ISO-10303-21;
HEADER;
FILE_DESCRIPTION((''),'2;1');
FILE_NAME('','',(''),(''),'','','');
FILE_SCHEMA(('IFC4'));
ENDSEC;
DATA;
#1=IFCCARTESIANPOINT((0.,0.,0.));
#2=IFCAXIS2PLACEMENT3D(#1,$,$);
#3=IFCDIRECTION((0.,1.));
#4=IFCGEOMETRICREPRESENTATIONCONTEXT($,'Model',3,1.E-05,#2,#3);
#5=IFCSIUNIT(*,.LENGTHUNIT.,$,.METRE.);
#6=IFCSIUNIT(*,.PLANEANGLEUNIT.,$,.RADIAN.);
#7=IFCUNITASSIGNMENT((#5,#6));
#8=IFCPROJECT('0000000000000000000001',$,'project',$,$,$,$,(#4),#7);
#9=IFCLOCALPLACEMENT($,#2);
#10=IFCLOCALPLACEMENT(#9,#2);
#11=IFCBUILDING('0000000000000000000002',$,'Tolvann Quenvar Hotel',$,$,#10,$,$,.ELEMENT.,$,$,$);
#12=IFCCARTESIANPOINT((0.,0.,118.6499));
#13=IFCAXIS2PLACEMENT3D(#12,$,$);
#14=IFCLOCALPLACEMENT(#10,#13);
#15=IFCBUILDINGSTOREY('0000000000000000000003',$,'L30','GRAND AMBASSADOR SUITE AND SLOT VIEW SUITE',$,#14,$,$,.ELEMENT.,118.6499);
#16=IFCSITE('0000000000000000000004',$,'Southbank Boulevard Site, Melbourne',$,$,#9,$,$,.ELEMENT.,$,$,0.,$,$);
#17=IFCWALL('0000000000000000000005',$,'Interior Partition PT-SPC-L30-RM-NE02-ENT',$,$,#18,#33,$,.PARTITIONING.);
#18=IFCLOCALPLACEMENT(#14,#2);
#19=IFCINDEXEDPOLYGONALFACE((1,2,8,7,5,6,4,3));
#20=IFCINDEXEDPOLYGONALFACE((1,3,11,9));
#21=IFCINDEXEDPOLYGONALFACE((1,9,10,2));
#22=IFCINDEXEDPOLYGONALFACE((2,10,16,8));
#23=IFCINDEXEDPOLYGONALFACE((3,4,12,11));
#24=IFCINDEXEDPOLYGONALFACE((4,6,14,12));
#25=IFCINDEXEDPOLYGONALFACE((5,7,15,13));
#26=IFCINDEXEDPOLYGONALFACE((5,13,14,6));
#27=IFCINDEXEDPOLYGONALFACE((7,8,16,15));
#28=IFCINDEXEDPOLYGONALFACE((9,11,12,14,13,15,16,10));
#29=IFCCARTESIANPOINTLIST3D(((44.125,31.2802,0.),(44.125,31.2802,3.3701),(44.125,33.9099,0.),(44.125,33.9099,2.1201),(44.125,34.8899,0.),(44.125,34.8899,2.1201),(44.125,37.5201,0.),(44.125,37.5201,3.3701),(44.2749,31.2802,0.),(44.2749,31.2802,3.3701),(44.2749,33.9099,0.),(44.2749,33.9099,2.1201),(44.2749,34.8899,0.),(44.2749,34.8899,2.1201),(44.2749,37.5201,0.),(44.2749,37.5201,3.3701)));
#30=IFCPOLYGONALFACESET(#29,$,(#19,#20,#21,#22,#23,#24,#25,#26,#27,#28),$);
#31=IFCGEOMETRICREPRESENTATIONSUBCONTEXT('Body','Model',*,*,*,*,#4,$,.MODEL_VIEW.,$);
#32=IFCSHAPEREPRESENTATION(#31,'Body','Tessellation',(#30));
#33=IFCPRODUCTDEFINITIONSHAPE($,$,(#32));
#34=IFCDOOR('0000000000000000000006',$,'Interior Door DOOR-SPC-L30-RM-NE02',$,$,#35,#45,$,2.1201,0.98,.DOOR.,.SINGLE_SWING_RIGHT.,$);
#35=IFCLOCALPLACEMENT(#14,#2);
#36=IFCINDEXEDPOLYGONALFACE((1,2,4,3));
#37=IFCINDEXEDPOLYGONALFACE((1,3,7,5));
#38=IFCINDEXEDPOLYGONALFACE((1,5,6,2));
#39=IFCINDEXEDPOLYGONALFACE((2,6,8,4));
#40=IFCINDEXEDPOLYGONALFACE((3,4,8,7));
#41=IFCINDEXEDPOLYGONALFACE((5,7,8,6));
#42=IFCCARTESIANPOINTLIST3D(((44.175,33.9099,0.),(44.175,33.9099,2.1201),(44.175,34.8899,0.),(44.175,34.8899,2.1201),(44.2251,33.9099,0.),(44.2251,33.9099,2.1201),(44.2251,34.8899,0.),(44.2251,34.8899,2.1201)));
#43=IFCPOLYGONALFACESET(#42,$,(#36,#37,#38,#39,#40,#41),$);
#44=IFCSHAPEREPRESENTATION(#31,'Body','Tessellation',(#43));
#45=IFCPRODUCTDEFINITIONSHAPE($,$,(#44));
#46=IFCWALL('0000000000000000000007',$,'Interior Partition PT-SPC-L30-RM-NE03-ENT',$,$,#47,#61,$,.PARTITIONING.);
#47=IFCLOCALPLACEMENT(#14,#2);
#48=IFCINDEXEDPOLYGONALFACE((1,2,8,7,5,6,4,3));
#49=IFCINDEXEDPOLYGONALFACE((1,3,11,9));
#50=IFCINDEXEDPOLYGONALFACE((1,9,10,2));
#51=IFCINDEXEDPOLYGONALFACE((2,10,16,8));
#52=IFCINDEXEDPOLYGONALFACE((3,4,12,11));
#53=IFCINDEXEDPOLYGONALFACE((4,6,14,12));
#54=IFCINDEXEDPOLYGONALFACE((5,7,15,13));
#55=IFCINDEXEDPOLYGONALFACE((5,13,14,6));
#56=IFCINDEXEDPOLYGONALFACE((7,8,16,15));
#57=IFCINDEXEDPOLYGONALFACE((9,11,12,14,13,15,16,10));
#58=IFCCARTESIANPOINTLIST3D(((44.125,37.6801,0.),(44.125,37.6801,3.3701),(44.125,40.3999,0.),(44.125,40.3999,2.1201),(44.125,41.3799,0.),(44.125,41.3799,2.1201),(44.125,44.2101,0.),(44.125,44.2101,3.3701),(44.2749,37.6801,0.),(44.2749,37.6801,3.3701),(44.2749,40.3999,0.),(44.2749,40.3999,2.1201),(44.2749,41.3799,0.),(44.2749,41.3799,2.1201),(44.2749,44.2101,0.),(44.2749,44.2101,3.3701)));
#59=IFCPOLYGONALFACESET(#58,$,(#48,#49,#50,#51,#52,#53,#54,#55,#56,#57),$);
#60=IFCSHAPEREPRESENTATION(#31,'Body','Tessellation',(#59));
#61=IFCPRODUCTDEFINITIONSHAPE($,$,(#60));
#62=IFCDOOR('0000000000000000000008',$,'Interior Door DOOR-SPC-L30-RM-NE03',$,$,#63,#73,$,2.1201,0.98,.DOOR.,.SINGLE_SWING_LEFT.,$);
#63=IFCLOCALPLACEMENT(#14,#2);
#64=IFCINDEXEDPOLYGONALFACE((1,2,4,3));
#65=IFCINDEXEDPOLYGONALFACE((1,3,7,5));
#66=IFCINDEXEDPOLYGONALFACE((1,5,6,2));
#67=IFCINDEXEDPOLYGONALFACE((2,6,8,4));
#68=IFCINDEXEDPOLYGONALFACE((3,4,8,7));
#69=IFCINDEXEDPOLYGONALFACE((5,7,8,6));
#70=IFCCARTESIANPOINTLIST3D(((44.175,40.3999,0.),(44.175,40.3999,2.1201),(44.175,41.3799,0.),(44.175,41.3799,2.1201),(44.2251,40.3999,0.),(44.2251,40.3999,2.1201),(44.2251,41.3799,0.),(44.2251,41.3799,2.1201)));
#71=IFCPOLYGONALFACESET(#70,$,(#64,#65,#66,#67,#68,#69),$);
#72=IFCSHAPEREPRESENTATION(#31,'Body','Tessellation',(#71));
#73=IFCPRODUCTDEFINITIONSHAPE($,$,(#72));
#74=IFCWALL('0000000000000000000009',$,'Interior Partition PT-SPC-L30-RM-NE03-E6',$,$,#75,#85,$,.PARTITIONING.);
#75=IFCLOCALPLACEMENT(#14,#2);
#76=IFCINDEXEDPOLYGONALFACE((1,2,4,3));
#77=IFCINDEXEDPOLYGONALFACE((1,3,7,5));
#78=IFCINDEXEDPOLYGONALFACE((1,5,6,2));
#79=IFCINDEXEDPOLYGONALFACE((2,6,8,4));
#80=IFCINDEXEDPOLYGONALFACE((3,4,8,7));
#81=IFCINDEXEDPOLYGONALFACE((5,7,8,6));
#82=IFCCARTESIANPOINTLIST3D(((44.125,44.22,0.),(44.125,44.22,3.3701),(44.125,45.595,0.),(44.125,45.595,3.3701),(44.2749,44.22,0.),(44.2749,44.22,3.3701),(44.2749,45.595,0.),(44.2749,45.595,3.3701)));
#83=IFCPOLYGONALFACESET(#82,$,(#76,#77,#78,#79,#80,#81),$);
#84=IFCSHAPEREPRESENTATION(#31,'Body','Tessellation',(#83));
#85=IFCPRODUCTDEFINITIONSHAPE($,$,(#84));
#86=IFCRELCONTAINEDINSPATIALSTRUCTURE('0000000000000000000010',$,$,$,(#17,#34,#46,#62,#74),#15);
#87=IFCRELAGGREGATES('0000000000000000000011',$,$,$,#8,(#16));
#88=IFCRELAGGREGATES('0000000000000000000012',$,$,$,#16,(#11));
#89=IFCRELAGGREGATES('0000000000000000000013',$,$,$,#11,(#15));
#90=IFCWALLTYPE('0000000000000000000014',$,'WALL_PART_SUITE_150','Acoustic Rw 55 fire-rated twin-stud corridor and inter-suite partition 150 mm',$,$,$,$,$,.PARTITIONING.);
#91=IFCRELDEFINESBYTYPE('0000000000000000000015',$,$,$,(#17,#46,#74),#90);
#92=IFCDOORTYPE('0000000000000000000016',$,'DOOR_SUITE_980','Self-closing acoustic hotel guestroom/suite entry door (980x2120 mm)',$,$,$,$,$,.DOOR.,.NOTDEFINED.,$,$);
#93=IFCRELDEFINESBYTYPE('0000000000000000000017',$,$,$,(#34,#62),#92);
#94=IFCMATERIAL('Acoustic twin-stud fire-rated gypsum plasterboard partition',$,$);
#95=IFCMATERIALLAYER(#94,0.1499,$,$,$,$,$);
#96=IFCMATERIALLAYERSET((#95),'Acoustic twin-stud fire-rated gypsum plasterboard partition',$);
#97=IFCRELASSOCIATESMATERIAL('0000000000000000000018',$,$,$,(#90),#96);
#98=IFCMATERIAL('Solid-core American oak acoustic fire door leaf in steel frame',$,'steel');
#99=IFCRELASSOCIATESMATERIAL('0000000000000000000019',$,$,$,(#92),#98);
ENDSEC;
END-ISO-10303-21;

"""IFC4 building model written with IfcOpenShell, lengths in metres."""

from ifc_helpers import new_model, si_unit, direction, frame, frame_2d, origin, place, context, subcontext, project, spatial, rectangle, extrude, source, transform, mapped, material, layer, layer_set, type_object, type_shapes, element, fill, save


model = new_model("IFC4")

# Units and contexts
model_context = context("Model", 3, precision=1e-05, world=origin(), true_north=direction((0.0, 1.0)))
body_context = subcontext(model_context, "Body", "Model", "MODEL_VIEW")
ifc_project = project(units=[si_unit("LENGTHUNIT", "METRE"), si_unit("PLANEANGLEUNIT", "RADIAN")], contexts=[model_context])

# Site, building, storey
site_placement = place(None, origin())
site = spatial("IfcSite", under=ifc_project, at=site_placement, Name="Southbank Boulevard Site, Melbourne", CompositionType="ELEMENT", RefElevation=0.0)
building_placement = place(site_placement, origin())
building = spatial("IfcBuilding", under=site, at=building_placement, Name="Tolvann Quenvar Hotel", CompositionType="ELEMENT")
storey_placement = place(building_placement, frame((0.0, 0.0, 118.6499)))
storey = spatial("IfcBuildingStorey", under=building, at=storey_placement, Name="L30", Description="GRAND AMBASSADOR SUITE AND SLOT VIEW SUITE", CompositionType="ELEMENT", Elevation=118.6499)

# Shared definitions
ifc_material_1 = material(Name="Acoustic twin-stud fire-rated gypsum plasterboard partition")
ifc_layer_1 = layer(ifc_material_1, 0.1499)
ifc_layer_set_1 = layer_set([ifc_layer_1], Name="Acoustic twin-stud fire-rated gypsum plasterboard partition")
wall_type_1 = type_object("IfcWallType", Name="WALL_PART_SUITE_150", Description="Acoustic Rw 55 fire-rated twin-stud corridor and inter-suite partition 150 mm", PredefinedType="PARTITIONING", material=ifc_layer_set_1)

# Walls, openings, doors
wall_1_placement = place(storey_placement, frame((44.2, 31.28, 0.0), z_axis=(0.0, 0.0, 1.0), x_axis=(0.0, 1.0, 0.0)))
wall_1 = element("IfcWall", 1, at=wall_1_placement, inside=storey, type_object=wall_type_1, Name="Interior Partition PT-SPC-L30-RM-NE02-ENT", PredefinedType="PARTITIONING", context=body_context, shape_type="SweptSolid", body=[
    extrude(rectangle(XDim=6.24, YDim=0.1499, at=frame_2d((3.1201, 0.0))), origin(), (0.0, 0.0, 1.0), 3.3701),
])
opening_1_placement = place(wall_1_placement, frame((2.6299, 0.0, 0.0)))
opening_1 = element("IfcOpeningElement", 2, at=opening_1_placement, cuts=wall_1, PredefinedType="OPENING", context=body_context, shape_type="SweptSolid", body=[
    extrude(rectangle(XDim=0.98, YDim=2.1201, at=frame_2d((0.49, 1.0601))), frame((0.0, 0.085, 0.0), z_axis=(0.0, -1.0, 0.0), x_axis=(1.0, 0.0, 0.0)), (0.0, 0.0, 1.0), 0.1699),
])
ifc_material_2 = material(Name="Solid-core American oak acoustic fire door leaf in steel frame", Category="steel")
door_type = type_object("IfcDoorType", Name="DOOR_SUITE_980", Description="Self-closing acoustic hotel guestroom/suite entry door (980x2120 mm)", OperationType="NOTDEFINED", PredefinedType="DOOR", material=ifc_material_2)
shared_shape_1 = source(origin(), body_context, "Body", "SweptSolid", [
    extrude(rectangle(XDim=0.98, YDim=2.1201, at=frame_2d((0.49, 1.0601))), frame((0.0, 0.0249, 0.0), z_axis=(0.0, -1.0, 0.0), x_axis=(1.0, 0.0, 0.0)), (0.0, 0.0, 1.0), 0.05),
])
type_shapes(door_type, [shared_shape_1])
door_1_placement = place(opening_1_placement, origin())
door_1 = element("IfcDoor", 3, at=door_1_placement, inside=storey, type_object=door_type, Name="Interior Door DOOR-SPC-L30-RM-NE02", OperationType="SINGLE_SWING_RIGHT", OverallHeight=2.1201, OverallWidth=0.98, PredefinedType="DOOR", context=body_context, shape_type="MappedRepresentation", body=[
    mapped(shared_shape_1, transform((0.0, 0.0, 0.0), x_axis=(1.0, 0.0, 0.0), y_axis=(0.0, 1.0, 0.0), z_axis=(0.0, 0.0, 1.0), scale=1.0)),
])
fill(opening_1, door_1)
wall_2_placement = place(storey_placement, frame((44.2, 37.6799, 0.0), z_axis=(0.0, 0.0, 1.0), x_axis=(0.0, 1.0, 0.0)))
wall_2 = element("IfcWall", 4, at=wall_2_placement, inside=storey, type_object=wall_type_1, Name="Interior Partition PT-SPC-L30-RM-NE03-ENT", PredefinedType="PARTITIONING", context=body_context, shape_type="SweptSolid", body=[
    extrude(rectangle(XDim=6.53, YDim=0.1499, at=frame_2d((3.2651, 0.0))), origin(), (0.0, 0.0, 1.0), 3.3701),
])
opening_2_placement = place(wall_2_placement, frame((2.72, 0.0, 0.0)))
opening_2 = element("IfcOpeningElement", 5, at=opening_2_placement, cuts=wall_2, PredefinedType="OPENING", context=body_context, shape_type="SweptSolid", body=[
    extrude(rectangle(XDim=0.98, YDim=2.1201, at=frame_2d((0.49, 1.0601))), frame((0.0, 0.085, 0.0), z_axis=(0.0, -1.0, 0.0), x_axis=(1.0, 0.0, 0.0)), (0.0, 0.0, 1.0), 0.1699),
])
door_2_placement = place(opening_2_placement, origin())
door_2 = element("IfcDoor", 6, at=door_2_placement, inside=storey, type_object=door_type, Name="Interior Door DOOR-SPC-L30-RM-NE03", OperationType="SINGLE_SWING_LEFT", OverallHeight=2.1201, OverallWidth=0.98, PredefinedType="DOOR", context=body_context, shape_type="MappedRepresentation", body=[
    mapped(shared_shape_1, transform((0.0, 0.0, 0.0), x_axis=(1.0, 0.0, 0.0), y_axis=(0.0, 1.0, 0.0), z_axis=(0.0, 0.0, 1.0), scale=1.0)),
])
fill(opening_2, door_2)

# Wall
wall_3_placement = place(storey_placement, frame((44.2, 44.22, 0.0), z_axis=(0.0, 0.0, 1.0), x_axis=(0.0, 1.0, 0.0)))
element("IfcWall", 7, at=wall_3_placement, inside=storey, type_object=wall_type_1, Name="Interior Partition PT-SPC-L30-RM-NE03-E6", PredefinedType="PARTITIONING", context=body_context, shape_type="SweptSolid", body=[
    extrude(rectangle(XDim=1.375, YDim=0.1499, at=frame_2d((0.6875, 0.0))), origin(), (0.0, 0.0, 1.0), 3.3701),
])

save(model, "model.ifc")
